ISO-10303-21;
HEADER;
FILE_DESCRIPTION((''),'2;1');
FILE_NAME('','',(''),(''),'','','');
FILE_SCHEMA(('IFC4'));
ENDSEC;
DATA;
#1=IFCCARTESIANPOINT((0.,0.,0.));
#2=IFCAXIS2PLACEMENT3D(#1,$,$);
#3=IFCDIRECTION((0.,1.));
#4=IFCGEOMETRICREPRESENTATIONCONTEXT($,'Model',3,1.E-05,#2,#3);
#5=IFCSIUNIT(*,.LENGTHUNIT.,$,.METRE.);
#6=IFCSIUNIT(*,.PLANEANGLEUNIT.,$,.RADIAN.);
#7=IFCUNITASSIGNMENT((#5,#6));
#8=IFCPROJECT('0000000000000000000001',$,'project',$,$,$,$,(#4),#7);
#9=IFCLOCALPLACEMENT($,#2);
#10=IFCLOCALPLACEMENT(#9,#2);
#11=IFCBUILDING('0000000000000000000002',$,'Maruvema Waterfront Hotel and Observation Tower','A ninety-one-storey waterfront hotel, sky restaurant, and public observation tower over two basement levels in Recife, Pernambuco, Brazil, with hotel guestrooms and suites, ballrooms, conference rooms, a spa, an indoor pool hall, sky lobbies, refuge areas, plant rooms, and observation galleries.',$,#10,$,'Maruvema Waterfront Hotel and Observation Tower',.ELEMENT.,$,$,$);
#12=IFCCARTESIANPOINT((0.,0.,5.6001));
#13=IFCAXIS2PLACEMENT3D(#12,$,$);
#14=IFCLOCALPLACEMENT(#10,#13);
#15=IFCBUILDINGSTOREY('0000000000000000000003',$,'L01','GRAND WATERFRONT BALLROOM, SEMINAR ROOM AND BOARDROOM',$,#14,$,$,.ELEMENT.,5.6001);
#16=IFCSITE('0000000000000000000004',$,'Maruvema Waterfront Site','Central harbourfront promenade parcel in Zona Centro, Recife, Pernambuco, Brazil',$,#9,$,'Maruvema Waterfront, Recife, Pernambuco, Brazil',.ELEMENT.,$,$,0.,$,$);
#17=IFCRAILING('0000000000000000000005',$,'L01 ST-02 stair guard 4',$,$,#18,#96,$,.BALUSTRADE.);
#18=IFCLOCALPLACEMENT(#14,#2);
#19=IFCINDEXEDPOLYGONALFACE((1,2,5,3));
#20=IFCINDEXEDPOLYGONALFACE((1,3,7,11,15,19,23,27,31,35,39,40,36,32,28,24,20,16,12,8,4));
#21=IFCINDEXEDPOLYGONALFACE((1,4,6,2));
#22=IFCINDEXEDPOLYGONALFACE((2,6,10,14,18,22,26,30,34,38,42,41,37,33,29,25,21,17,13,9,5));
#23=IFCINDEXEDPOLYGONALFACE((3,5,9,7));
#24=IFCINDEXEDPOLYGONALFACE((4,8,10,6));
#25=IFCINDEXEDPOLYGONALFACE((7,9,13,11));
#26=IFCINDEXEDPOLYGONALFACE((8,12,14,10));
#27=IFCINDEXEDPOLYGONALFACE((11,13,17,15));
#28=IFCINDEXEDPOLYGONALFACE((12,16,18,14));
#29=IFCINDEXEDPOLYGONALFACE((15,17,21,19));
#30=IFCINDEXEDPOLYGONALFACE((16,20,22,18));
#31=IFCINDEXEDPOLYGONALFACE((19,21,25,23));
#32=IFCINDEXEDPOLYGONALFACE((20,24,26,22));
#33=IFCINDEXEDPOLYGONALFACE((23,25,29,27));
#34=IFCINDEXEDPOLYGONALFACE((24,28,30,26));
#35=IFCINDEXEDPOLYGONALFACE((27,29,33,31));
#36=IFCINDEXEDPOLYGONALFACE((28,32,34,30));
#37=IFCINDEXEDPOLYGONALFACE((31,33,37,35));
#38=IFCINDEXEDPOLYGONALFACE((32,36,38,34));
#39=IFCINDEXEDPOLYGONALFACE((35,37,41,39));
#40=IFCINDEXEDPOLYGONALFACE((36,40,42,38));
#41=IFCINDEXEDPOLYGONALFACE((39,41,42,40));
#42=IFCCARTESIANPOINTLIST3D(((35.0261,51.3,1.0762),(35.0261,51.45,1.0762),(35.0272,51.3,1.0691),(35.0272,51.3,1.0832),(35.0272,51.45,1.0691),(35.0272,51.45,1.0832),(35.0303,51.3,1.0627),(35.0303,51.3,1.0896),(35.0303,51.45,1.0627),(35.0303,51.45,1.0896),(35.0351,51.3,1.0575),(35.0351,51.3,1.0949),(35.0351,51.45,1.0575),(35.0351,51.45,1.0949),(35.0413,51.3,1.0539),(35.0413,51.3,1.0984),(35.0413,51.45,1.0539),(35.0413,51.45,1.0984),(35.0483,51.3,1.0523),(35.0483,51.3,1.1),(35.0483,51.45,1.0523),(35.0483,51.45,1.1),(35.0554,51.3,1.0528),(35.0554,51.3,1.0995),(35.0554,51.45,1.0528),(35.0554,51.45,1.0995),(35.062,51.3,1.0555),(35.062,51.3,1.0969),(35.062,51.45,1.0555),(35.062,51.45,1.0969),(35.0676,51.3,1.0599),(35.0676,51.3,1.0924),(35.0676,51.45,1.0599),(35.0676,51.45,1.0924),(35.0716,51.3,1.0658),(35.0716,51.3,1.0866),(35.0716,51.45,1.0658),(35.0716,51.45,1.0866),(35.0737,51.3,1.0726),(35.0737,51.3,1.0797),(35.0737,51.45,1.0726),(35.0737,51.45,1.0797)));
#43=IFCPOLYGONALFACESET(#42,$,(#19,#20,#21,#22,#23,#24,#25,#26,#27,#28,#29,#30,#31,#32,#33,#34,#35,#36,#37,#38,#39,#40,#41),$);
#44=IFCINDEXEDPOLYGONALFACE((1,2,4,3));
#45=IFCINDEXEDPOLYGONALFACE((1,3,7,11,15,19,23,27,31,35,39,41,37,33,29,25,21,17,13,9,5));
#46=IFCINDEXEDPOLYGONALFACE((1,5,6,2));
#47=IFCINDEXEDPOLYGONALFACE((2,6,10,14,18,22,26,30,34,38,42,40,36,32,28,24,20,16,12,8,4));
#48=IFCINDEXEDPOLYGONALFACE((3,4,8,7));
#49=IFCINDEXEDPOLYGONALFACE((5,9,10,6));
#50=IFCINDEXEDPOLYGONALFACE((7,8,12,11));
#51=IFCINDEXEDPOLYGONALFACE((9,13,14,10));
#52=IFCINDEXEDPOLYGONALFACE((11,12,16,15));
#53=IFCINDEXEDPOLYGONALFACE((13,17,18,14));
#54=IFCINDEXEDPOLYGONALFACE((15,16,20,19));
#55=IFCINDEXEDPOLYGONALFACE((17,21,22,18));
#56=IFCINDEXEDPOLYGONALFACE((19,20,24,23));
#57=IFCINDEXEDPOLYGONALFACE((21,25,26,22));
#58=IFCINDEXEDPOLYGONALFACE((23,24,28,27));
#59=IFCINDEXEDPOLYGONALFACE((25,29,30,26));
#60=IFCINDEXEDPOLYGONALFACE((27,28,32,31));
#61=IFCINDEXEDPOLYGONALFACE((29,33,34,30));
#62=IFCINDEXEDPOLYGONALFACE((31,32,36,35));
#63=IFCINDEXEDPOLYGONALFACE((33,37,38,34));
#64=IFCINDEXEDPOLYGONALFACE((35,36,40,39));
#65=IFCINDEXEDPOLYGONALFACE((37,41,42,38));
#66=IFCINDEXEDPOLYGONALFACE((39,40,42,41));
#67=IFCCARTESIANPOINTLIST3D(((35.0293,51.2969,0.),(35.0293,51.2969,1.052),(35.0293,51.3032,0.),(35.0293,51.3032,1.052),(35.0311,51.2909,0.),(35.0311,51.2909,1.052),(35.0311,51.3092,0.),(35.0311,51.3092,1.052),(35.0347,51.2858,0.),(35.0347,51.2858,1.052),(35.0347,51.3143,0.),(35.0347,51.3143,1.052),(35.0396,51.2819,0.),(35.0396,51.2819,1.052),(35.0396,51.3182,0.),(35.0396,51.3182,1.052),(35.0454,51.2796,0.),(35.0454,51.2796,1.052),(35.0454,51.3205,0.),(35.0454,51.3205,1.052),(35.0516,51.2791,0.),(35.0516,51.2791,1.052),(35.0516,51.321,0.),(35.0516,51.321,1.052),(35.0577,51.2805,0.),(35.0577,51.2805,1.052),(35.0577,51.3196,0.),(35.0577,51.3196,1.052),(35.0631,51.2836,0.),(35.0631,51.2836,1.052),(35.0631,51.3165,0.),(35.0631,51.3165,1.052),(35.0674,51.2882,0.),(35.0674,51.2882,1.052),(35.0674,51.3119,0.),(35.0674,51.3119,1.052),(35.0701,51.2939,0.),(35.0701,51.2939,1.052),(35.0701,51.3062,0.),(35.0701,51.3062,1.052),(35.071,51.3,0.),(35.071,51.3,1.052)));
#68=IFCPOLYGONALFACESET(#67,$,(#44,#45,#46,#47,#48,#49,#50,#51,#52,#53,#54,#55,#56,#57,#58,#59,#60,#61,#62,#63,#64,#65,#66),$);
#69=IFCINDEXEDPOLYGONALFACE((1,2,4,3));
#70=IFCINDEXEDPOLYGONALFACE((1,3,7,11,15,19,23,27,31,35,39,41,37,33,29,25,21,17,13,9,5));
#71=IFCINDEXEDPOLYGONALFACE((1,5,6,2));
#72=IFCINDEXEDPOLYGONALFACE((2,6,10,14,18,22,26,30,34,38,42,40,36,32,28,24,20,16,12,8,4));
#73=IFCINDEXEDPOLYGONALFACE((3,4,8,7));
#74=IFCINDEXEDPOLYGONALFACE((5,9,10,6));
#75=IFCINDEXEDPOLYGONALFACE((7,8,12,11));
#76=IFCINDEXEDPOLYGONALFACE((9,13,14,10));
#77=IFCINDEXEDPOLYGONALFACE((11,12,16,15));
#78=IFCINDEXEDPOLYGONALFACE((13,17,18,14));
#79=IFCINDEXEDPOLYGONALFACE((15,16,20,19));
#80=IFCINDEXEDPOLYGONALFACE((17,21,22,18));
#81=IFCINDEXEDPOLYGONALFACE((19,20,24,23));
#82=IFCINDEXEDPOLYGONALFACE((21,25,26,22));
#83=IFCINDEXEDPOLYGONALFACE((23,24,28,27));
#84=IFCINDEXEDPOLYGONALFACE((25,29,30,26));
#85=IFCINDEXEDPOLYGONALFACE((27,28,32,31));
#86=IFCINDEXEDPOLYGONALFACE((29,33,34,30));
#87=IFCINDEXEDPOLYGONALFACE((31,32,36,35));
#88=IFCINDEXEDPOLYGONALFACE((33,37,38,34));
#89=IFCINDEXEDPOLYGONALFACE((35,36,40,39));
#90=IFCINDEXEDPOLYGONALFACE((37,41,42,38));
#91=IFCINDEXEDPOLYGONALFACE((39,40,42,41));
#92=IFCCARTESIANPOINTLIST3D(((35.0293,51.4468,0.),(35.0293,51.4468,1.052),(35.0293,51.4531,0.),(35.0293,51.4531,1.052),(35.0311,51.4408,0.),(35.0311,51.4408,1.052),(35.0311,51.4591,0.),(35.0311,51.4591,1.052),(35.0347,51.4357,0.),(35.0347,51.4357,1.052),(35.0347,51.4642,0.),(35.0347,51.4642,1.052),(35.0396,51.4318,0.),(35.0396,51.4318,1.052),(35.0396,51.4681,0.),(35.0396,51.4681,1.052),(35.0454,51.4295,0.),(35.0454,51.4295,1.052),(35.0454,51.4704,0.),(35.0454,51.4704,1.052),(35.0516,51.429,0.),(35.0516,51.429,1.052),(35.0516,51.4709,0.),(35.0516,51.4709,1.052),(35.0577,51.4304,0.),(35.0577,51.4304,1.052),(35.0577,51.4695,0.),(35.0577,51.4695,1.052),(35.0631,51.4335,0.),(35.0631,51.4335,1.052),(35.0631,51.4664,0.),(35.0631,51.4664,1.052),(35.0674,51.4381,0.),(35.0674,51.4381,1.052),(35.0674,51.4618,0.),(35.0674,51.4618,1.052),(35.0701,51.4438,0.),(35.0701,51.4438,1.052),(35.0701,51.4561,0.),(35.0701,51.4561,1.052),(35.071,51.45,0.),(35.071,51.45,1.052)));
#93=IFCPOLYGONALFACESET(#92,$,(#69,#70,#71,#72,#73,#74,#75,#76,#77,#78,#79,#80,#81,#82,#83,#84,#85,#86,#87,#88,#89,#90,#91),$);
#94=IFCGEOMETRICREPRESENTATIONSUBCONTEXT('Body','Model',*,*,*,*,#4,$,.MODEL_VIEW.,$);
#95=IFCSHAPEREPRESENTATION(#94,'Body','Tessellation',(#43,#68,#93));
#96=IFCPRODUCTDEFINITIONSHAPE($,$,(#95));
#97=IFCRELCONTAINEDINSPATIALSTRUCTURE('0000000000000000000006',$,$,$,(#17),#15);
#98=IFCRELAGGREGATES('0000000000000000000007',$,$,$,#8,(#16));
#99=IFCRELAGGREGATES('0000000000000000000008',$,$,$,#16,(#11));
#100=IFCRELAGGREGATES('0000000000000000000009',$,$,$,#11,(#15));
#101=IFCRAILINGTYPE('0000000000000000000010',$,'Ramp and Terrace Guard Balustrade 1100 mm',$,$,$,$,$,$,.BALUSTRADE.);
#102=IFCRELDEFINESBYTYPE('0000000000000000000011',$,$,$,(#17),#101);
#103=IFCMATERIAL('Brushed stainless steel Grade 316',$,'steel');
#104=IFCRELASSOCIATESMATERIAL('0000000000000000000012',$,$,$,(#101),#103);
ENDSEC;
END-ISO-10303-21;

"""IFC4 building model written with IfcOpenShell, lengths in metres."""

from ifc_helpers import new_model, si_unit, direction, frame, origin, origin_2d, place, context, subcontext, project, spatial, circle, extrude, material, type_object, element, save


model = new_model("IFC4")

# Units and contexts
model_context = context("Model", 3, precision=1e-05, world=origin(), true_north=direction((0.0, 1.0)))
body_context = subcontext(model_context, "Body", "Model", "MODEL_VIEW")
ifc_project = project(units=[si_unit("LENGTHUNIT", "METRE"), si_unit("PLANEANGLEUNIT", "RADIAN")], contexts=[model_context])

# Site, building, storey
site_placement = place(None, origin())
site = spatial("IfcSite", under=ifc_project, at=site_placement, Name="Maruvema Waterfront Site", Description="Central harbourfront promenade parcel in Zona Centro, Recife, Pernambuco, Brazil", LongName="Maruvema Waterfront, Recife, Pernambuco, Brazil", CompositionType="ELEMENT", RefElevation=0.0)
building_placement = place(site_placement, origin())
building = spatial("IfcBuilding", under=site, at=building_placement, Name="Maruvema Waterfront Hotel and Observation Tower", Description="A ninety-one-storey waterfront hotel, sky restaurant, and public observation tower over two basement levels in Recife, Pernambuco, Brazil, with hotel guestrooms and suites, ballrooms, conference rooms, a spa, an indoor pool hall, sky lobbies, refuge areas, plant rooms, and observation galleries.", LongName="Maruvema Waterfront Hotel and Observation Tower", CompositionType="ELEMENT")
storey_placement = place(building_placement, frame((0.0, 0.0, 5.6001)))
storey = spatial("IfcBuildingStorey", under=building, at=storey_placement, Name="L01", Description="GRAND WATERFRONT BALLROOM, SEMINAR ROOM AND BOARDROOM", CompositionType="ELEMENT", Elevation=5.6001)

# Railing
ifc_material_1 = material(Name="Brushed stainless steel Grade 316", Category="steel")
railing_type_1 = type_object("IfcRailingType", Name="Ramp and Terrace Guard Balustrade 1100 mm", PredefinedType="BALUSTRADE", material=ifc_material_1)
railing_1_placement = place(storey_placement, frame((35.05, 51.3, 0.0)))
element("IfcRailing", 1, at=railing_1_placement, inside=storey, type_object=railing_type_1, Name="L01 ST-02 stair guard 4", PredefinedType="BALUSTRADE", context=body_context, shape_type="SweptSolid", body=[
    extrude(circle(Radius=0.0239, at=origin_2d()), frame((0.0, 0.0, 1.0762), z_axis=(0.0, 1.0, 0.0), x_axis=(-1.0, 0.0, 0.0)), (0.0, 0.0, 1.0), 0.1499),
    extrude(circle(Radius=0.021, at=origin_2d()), origin(), (0.0, 0.0, 1.0), 1.052),
    extrude(circle(Radius=0.021, at=origin_2d()), frame((0.0, 0.1499, 0.0)), (0.0, 0.0, 1.0), 1.052),
])

save(model, "model.ifc")
